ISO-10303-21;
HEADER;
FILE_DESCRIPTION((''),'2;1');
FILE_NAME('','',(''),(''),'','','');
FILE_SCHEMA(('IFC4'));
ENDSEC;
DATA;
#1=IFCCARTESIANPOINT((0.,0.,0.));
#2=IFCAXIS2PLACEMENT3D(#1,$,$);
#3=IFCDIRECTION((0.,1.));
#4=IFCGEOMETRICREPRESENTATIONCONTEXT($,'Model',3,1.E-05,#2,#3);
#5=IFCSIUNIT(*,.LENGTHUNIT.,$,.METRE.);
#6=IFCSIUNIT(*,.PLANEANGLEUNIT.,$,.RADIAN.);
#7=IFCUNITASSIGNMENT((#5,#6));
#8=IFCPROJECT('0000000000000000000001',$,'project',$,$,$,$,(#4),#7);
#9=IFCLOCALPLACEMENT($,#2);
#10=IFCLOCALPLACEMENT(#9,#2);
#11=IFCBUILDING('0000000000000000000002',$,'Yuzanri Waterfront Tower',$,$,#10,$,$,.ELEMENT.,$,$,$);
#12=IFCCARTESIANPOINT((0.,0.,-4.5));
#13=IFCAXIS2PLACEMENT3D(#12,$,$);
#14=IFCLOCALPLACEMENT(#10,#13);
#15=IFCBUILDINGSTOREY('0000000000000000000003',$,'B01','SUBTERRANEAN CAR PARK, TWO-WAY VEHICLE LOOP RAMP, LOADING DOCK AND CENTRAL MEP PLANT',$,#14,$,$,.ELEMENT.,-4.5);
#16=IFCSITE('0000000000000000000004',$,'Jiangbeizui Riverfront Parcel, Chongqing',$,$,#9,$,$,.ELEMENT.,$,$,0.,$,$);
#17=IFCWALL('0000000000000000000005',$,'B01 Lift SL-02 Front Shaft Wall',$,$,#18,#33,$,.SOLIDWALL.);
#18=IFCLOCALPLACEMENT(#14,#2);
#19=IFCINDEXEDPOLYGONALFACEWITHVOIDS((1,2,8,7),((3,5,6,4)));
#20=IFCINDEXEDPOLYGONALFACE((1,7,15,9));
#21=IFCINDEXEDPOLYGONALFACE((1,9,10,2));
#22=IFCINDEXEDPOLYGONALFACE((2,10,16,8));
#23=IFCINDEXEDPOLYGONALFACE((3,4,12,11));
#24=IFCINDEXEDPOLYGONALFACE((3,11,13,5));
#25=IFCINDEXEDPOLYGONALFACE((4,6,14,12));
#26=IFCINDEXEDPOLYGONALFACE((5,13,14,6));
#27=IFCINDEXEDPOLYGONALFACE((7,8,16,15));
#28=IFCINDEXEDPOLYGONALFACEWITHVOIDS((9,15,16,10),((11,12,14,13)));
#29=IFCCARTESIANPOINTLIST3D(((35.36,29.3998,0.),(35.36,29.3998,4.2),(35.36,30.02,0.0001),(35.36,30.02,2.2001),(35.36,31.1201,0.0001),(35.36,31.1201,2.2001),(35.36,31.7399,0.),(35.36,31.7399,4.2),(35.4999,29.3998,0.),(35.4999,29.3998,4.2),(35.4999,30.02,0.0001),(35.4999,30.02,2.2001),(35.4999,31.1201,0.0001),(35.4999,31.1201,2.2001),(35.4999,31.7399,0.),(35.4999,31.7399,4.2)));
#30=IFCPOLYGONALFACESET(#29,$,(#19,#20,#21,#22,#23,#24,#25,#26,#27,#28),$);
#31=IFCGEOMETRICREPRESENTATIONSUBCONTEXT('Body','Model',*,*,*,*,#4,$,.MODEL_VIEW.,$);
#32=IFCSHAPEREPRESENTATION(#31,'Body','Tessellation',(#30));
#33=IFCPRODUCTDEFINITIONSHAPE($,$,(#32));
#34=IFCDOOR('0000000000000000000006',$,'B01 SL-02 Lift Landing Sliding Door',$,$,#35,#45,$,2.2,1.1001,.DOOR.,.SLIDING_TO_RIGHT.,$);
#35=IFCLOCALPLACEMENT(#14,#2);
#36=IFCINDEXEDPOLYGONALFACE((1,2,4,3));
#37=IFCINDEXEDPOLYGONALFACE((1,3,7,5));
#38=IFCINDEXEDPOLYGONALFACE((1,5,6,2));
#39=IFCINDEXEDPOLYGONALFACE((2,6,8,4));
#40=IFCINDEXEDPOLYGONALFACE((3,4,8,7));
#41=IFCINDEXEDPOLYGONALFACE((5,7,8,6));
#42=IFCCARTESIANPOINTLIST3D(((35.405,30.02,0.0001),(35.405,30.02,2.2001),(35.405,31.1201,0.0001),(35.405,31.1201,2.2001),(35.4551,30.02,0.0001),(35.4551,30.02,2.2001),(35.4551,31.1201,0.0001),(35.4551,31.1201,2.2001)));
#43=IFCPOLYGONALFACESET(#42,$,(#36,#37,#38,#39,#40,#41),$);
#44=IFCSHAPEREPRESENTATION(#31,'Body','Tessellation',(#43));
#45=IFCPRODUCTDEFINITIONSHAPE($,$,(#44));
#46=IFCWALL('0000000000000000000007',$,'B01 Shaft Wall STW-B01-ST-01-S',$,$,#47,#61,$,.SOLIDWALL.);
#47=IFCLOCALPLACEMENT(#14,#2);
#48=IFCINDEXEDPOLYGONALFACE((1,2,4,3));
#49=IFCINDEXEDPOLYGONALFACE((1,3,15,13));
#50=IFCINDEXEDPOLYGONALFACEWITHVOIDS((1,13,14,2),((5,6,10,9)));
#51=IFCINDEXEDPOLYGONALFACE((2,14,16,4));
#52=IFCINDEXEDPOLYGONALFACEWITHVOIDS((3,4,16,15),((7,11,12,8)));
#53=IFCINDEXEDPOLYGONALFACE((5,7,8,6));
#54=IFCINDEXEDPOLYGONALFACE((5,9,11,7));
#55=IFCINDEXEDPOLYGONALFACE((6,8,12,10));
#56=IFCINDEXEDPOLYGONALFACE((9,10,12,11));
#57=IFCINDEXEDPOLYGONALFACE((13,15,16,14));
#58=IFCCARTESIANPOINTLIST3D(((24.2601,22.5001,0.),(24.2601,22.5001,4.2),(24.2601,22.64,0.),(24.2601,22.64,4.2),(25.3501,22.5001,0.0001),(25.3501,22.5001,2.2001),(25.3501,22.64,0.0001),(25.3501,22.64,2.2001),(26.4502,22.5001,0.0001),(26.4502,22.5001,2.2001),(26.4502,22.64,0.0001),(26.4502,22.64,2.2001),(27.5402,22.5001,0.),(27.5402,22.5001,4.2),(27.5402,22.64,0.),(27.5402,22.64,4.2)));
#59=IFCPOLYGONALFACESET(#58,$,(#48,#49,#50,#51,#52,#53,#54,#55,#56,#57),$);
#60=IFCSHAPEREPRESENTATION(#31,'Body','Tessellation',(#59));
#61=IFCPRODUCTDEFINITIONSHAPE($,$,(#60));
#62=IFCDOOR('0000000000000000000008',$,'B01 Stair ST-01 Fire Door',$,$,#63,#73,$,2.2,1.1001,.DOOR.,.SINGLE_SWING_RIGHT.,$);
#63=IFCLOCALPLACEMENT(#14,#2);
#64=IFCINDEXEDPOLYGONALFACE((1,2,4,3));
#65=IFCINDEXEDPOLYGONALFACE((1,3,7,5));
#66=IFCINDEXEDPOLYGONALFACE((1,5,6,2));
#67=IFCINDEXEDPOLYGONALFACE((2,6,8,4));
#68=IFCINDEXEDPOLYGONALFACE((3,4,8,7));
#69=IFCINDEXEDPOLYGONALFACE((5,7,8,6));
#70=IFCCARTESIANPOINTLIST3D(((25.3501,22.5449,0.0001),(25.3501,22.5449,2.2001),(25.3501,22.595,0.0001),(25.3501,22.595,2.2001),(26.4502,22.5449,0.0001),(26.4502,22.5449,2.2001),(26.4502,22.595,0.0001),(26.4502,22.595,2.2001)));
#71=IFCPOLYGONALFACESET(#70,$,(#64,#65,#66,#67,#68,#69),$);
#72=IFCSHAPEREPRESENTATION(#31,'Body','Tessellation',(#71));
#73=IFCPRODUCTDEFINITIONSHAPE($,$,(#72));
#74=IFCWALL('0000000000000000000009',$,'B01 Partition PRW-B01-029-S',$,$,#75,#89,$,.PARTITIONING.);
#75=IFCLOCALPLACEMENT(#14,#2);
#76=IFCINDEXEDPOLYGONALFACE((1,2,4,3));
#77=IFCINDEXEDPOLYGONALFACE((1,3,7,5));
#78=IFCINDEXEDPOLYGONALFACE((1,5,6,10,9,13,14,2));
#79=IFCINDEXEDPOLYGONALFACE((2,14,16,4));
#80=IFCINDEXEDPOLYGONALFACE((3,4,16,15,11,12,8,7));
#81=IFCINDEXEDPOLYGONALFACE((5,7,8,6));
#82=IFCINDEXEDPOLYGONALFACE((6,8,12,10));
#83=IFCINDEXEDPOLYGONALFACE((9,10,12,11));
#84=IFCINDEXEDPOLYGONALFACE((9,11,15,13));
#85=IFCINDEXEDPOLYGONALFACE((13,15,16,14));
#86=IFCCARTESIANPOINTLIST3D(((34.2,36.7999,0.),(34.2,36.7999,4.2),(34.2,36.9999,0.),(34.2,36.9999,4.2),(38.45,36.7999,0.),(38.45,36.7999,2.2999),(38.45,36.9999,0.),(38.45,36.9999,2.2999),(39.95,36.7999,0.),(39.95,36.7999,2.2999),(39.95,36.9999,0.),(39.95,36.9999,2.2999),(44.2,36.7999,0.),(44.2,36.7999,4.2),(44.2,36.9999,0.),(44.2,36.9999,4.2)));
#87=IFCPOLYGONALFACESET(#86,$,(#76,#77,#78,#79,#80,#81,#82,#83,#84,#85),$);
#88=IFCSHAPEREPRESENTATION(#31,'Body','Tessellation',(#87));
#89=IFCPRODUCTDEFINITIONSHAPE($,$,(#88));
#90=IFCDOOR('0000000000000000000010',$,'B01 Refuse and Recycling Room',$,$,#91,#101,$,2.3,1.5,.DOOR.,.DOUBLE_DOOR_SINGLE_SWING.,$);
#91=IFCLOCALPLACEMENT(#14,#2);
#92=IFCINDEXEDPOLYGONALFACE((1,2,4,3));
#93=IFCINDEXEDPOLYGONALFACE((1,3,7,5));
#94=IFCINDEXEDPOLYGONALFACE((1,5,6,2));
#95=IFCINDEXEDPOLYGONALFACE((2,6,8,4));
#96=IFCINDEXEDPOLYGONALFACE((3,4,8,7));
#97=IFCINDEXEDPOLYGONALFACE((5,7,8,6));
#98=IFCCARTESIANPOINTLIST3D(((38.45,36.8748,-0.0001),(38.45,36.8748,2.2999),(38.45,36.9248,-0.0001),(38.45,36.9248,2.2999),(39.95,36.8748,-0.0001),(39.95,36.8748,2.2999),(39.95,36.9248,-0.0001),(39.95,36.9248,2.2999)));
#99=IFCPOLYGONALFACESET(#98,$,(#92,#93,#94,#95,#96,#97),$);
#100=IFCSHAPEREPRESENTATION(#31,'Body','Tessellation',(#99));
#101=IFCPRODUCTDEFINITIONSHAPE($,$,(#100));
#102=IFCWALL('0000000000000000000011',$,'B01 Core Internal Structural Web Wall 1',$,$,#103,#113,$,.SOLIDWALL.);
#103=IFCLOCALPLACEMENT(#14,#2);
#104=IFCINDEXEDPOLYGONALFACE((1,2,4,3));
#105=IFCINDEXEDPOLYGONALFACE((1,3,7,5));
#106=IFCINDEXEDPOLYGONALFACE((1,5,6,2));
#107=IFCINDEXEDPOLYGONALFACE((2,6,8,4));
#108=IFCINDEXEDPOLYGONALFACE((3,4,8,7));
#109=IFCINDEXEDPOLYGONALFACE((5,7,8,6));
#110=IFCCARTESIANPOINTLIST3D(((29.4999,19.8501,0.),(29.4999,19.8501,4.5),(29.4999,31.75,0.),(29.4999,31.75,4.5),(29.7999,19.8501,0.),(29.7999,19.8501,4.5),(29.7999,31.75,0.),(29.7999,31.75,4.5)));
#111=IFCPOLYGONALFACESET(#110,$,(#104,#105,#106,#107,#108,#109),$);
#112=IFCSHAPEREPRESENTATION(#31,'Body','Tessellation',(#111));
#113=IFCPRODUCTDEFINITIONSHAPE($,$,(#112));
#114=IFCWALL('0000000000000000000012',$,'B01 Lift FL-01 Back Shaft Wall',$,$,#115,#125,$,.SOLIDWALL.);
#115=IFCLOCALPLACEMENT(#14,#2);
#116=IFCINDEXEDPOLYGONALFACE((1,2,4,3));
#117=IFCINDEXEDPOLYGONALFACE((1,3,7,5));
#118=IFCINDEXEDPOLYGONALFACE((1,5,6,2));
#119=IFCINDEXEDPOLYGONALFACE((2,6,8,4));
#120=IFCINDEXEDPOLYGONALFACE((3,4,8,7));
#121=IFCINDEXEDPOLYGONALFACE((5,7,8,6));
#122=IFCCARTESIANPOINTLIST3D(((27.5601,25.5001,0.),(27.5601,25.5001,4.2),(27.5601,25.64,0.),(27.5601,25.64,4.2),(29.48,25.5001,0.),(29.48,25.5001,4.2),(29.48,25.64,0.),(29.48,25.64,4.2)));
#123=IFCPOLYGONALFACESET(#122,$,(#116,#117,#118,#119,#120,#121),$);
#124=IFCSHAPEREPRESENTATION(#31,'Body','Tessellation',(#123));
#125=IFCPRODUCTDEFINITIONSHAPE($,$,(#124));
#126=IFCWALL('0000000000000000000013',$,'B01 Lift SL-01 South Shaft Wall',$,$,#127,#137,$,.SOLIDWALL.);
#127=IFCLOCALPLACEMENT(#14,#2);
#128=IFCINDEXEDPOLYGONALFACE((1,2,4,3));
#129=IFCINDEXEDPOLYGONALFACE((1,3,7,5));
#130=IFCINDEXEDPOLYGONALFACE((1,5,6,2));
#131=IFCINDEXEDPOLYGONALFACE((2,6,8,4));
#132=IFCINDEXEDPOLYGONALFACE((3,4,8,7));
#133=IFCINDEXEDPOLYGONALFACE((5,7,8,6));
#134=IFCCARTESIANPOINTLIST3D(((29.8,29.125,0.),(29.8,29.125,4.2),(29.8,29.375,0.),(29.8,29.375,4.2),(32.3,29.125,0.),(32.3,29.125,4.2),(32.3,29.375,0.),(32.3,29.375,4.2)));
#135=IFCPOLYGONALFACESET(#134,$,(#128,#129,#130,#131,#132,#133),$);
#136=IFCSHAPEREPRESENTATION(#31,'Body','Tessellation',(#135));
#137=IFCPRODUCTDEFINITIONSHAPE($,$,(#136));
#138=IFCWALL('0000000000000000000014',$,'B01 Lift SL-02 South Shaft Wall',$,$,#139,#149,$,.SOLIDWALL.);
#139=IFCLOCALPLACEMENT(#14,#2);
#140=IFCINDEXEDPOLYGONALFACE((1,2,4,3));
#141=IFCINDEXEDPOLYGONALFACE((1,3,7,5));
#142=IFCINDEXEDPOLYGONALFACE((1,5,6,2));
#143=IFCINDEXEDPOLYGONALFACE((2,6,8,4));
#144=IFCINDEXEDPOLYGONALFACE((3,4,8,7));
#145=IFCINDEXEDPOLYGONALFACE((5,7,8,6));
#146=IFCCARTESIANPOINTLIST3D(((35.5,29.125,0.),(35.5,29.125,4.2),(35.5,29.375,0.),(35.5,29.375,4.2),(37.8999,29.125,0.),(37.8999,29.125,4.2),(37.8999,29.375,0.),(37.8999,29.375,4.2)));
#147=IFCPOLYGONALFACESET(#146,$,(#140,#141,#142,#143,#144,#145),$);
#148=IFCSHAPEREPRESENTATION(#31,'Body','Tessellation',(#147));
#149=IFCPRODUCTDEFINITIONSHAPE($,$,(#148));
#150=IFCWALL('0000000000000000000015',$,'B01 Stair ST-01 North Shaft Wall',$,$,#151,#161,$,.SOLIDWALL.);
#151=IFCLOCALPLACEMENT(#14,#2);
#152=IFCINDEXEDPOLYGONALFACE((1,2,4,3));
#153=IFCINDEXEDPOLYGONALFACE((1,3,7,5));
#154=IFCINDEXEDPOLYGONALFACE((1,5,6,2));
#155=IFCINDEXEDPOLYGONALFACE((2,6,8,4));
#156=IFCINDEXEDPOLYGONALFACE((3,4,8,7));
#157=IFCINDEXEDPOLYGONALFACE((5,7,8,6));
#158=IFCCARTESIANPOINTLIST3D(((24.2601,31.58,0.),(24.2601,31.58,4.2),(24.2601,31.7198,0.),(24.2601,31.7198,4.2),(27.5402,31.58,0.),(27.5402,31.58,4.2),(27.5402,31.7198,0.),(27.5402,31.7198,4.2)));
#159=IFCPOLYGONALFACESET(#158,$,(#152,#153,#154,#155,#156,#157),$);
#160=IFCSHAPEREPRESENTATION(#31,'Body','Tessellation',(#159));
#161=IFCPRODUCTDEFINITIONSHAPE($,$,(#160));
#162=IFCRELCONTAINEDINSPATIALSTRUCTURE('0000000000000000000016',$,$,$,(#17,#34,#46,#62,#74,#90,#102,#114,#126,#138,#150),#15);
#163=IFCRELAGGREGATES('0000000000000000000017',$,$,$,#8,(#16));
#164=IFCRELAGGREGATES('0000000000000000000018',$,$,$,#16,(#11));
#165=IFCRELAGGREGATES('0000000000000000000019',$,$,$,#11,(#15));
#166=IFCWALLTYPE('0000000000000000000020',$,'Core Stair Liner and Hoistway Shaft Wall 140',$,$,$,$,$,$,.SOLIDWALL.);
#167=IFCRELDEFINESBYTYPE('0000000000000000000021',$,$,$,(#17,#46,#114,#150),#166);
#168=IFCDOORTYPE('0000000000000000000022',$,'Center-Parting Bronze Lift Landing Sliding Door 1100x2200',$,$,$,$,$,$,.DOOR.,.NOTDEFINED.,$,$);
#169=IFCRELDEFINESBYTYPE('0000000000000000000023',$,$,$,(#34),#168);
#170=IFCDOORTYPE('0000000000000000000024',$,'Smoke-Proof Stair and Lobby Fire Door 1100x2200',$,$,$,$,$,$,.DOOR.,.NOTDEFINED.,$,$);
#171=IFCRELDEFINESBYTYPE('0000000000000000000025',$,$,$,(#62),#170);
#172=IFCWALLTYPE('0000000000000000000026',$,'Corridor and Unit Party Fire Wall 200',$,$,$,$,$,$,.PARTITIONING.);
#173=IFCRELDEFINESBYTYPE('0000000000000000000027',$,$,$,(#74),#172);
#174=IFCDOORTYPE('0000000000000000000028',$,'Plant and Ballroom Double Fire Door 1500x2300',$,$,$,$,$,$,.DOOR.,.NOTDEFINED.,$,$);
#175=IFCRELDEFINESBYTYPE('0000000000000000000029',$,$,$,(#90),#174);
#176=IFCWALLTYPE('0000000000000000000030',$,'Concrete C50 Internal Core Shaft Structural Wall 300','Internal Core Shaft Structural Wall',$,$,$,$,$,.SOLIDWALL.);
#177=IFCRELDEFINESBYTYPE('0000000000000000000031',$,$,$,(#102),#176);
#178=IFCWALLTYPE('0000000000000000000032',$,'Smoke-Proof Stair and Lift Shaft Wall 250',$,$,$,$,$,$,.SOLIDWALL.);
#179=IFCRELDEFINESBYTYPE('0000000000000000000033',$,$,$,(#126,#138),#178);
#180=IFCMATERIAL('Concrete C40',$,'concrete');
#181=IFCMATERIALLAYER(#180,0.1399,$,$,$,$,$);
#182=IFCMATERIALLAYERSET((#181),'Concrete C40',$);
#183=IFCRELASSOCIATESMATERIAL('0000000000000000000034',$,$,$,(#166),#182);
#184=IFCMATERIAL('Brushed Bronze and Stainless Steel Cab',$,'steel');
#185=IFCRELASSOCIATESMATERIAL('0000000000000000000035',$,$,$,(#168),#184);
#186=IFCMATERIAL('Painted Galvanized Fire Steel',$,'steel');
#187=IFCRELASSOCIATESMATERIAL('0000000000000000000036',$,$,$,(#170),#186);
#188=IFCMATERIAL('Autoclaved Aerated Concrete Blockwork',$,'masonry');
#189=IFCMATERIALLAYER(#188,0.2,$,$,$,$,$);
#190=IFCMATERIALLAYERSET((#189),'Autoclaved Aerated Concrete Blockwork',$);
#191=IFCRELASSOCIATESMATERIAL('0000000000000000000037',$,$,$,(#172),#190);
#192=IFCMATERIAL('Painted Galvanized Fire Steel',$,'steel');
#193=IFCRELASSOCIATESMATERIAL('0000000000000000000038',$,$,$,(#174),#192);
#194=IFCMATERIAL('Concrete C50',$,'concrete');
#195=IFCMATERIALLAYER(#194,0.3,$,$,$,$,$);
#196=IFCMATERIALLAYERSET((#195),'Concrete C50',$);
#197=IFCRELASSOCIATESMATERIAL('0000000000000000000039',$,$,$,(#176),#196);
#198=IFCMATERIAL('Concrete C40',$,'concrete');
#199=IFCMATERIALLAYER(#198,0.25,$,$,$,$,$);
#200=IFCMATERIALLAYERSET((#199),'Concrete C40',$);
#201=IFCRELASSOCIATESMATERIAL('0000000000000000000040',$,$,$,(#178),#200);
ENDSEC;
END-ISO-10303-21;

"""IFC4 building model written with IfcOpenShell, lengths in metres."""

from ifc_helpers import new_model, si_unit, direction, frame, frame_2d, origin, place, context, subcontext, project, spatial, rectangle, extrude, source, transform, mapped, material, layer, layer_set, type_object, element, fill, save


model = new_model("IFC4")

# Units and contexts
model_context = context("Model", 3, precision=1e-05, world=origin(), true_north=direction((0.0, 1.0)))
body_context = subcontext(model_context, "Body", "Model", "MODEL_VIEW")
ifc_project = project(units=[si_unit("LENGTHUNIT", "METRE"), si_unit("PLANEANGLEUNIT", "RADIAN")], contexts=[model_context])

# Site, building, storey
site_placement = place(None, origin())
site = spatial("IfcSite", under=ifc_project, at=site_placement, Name="Jiangbeizui Riverfront Parcel, Chongqing", CompositionType="ELEMENT", RefElevation=0.0)
building_placement = place(site_placement, origin())
building = spatial("IfcBuilding", under=site, at=building_placement, Name="Yuzanri Waterfront Tower", CompositionType="ELEMENT")
storey_placement = place(building_placement, frame((0.0, 0.0, -4.5)))
storey = spatial("IfcBuildingStorey", under=building, at=storey_placement, Name="B01", Description="SUBTERRANEAN CAR PARK, TWO-WAY VEHICLE LOOP RAMP, LOADING DOCK AND CENTRAL MEP PLANT", CompositionType="ELEMENT", Elevation=-4.5)

# Walls, openings, doors
ifc_material_1 = material(Name="Concrete C40", Category="concrete")
ifc_layer_1 = layer(ifc_material_1, 0.1399)
ifc_layer_set_1 = layer_set([ifc_layer_1], Name="Concrete C40")
wall_type_1 = type_object("IfcWallType", Name="Core Stair Liner and Hoistway Shaft Wall 140", PredefinedType="SOLIDWALL", material=ifc_layer_set_1)
ifc_material_2 = material(Name="Brushed Bronze and Stainless Steel Cab", Category="steel")
door_type_1 = type_object("IfcDoorType", Name="Center-Parting Bronze Lift Landing Sliding Door 1100x2200", OperationType="NOTDEFINED", PredefinedType="DOOR", material=ifc_material_2)
shared_shape_1 = source(origin(), body_context, "Body", "SweptSolid", [
    extrude(rectangle(XDim=1.1001, YDim=2.2, at=frame_2d((0.55, 1.1001))), frame((0.0, 0.0249, 0.0), z_axis=(0.0, -1.0, 0.0), x_axis=(1.0, 0.0, 0.0)), (0.0, 0.0, 1.0), 0.05),
])
wall_1_placement = place(storey_placement, frame((35.4299, 29.3999, 0.0), z_axis=(0.0, 0.0, 1.0), x_axis=(0.0, 1.0, 0.0)))
wall_1 = element("IfcWall", 1, at=wall_1_placement, inside=storey, type_object=wall_type_1, Name="B01 Lift SL-02 Front Shaft Wall", PredefinedType="SOLIDWALL", context=body_context, shape_type="SweptSolid", body=[
    extrude(rectangle(XDim=2.3401, YDim=0.1399, at=frame_2d((1.1699, 0.0))), origin(), (0.0, 0.0, 1.0), 4.2),
])
opening_1_placement = place(wall_1_placement, frame((0.6201, 0.0, 0.0)))
opening_1 = element("IfcOpeningElement", 2, at=opening_1_placement, cuts=wall_1, PredefinedType="OPENING", context=body_context, shape_type="SweptSolid", body=[
    extrude(rectangle(XDim=1.1001, YDim=2.2, at=frame_2d((0.55, 1.1001))), frame((0.0, 0.085, 0.0), z_axis=(0.0, -1.0, 0.0), x_axis=(1.0, 0.0, 0.0)), (0.0, 0.0, 1.0), 0.1697),
])
door_1_placement = place(opening_1_placement, origin())
door_1 = element("IfcDoor", 3, at=door_1_placement, inside=storey, type_object=door_type_1, Name="B01 SL-02 Lift Landing Sliding Door", OperationType="SLIDING_TO_RIGHT", OverallHeight=2.2, OverallWidth=1.1001, PredefinedType="DOOR", context=body_context, shape_type="MappedRepresentation", body=[
    mapped(shared_shape_1, transform((0.0, 0.0, 0.0), scale=1.0)),
])
fill(opening_1, door_1)
wall_2_placement = place(storey_placement, frame((24.26, 22.5701, 0.0), z_axis=(0.0, 0.0, 1.0), x_axis=(1.0, 0.0, 0.0)))
wall_2 = element("IfcWall", 4, at=wall_2_placement, inside=storey, type_object=wall_type_1, Name="B01 Shaft Wall STW-B01-ST-01-S", PredefinedType="SOLIDWALL", context=body_context, shape_type="SweptSolid", body=[
    extrude(rectangle(XDim=3.28, YDim=0.1399, at=frame_2d((1.6401, 0.0))), origin(), (0.0, 0.0, 1.0), 4.2),
])
opening_2_placement = place(wall_2_placement, frame((1.0901, 0.0, 0.0)))
opening_2 = element("IfcOpeningElement", 5, at=opening_2_placement, cuts=wall_2, PredefinedType="OPENING", context=body_context, shape_type="SweptSolid", body=[
    extrude(rectangle(XDim=1.1001, YDim=2.2, at=frame_2d((0.55, 1.1001))), frame((0.0, 0.085, 0.0), z_axis=(0.0, -1.0, 0.0), x_axis=(1.0, 0.0, 0.0)), (0.0, 0.0, 1.0), 0.1697),
])
ifc_material_3 = material(Name="Painted Galvanized Fire Steel", Category="steel")
door_type_2 = type_object("IfcDoorType", Name="Smoke-Proof Stair and Lobby Fire Door 1100x2200", OperationType="NOTDEFINED", PredefinedType="DOOR", material=ifc_material_3)
shared_shape_2 = source(origin(), body_context, "Body", "SweptSolid", [
    extrude(rectangle(XDim=1.1001, YDim=2.2, at=frame_2d((0.55, 1.1001))), frame((0.0, 0.0249, 0.0), z_axis=(0.0, -1.0, 0.0), x_axis=(1.0, 0.0, 0.0)), (0.0, 0.0, 1.0), 0.05),
])
door_2_placement = place(opening_2_placement, origin())
door_2 = element("IfcDoor", 6, at=door_2_placement, inside=storey, type_object=door_type_2, Name="B01 Stair ST-01 Fire Door", OperationType="SINGLE_SWING_RIGHT", OverallHeight=2.2, OverallWidth=1.1001, PredefinedType="DOOR", context=body_context, shape_type="MappedRepresentation", body=[
    mapped(shared_shape_2, transform((0.0, 0.0, 0.0), scale=1.0)),
])
fill(opening_2, door_2)
ifc_material_4 = material(Name="Autoclaved Aerated Concrete Blockwork", Category="masonry")
ifc_layer_2 = layer(ifc_material_4, 0.2)
ifc_layer_set_2 = layer_set([ifc_layer_2], Name="Autoclaved Aerated Concrete Blockwork")
wall_type_2 = type_object("IfcWallType", Name="Corridor and Unit Party Fire Wall 200", PredefinedType="PARTITIONING", material=ifc_layer_set_2)
wall_3_placement = place(storey_placement, frame((34.2, 36.8999, 0.0), z_axis=(0.0, 0.0, 1.0), x_axis=(1.0, 0.0, 0.0)))
wall_3 = element("IfcWall", 7, at=wall_3_placement, inside=storey, type_object=wall_type_2, Name="B01 Partition PRW-B01-029-S", PredefinedType="PARTITIONING", context=body_context, shape_type="SweptSolid", body=[
    extrude(rectangle(XDim=10.0, YDim=0.2, at=frame_2d((5.0, 0.0))), origin(), (0.0, 0.0, 1.0), 4.2),
])
opening_3_placement = place(wall_3_placement, frame((4.25, 0.0, 0.0)))
opening_3 = element("IfcOpeningElement", 8, at=opening_3_placement, cuts=wall_3, PredefinedType="OPENING", context=body_context, shape_type="SweptSolid", body=[
    extrude(rectangle(XDim=1.5, YDim=2.3, at=frame_2d((0.75, 1.1499))), frame((0.0, 0.1147, 0.0), z_axis=(0.0, -1.0, 0.0), x_axis=(1.0, 0.0, 0.0)), (0.0, 0.0, 1.0), 0.2297),
])
ifc_material_5 = material(Name="Painted Galvanized Fire Steel", Category="steel")
door_type_3 = type_object("IfcDoorType", Name="Plant and Ballroom Double Fire Door 1500x2300", OperationType="NOTDEFINED", PredefinedType="DOOR", material=ifc_material_5)
shared_shape_3 = source(origin(), body_context, "Body", "SweptSolid", [
    extrude(rectangle(XDim=1.5, YDim=2.3, at=frame_2d((0.75, 1.1499))), frame((0.0, 0.0249, 0.0), z_axis=(0.0, -1.0, 0.0), x_axis=(1.0, 0.0, 0.0)), (0.0, 0.0, 1.0), 0.05),
])
door_3_placement = place(opening_3_placement, origin())
door_3 = element("IfcDoor", 9, at=door_3_placement, inside=storey, type_object=door_type_3, Name="B01 Refuse and Recycling Room", OperationType="DOUBLE_DOOR_SINGLE_SWING", OverallHeight=2.3, OverallWidth=1.5, PredefinedType="DOOR", context=body_context, shape_type="MappedRepresentation", body=[
    mapped(shared_shape_3, transform((0.0, 0.0, 0.0), scale=1.0)),
])
fill(opening_3, door_3)

# Walls
ifc_material_6 = material(Name="Concrete C50", Category="concrete")
ifc_layer_3 = layer(ifc_material_6, 0.3)
ifc_layer_set_3 = layer_set([ifc_layer_3], Name="Concrete C50")
wall_type_3 = type_object("IfcWallType", Name="Concrete C50 Internal Core Shaft Structural Wall 300", Description="Internal Core Shaft Structural Wall", PredefinedType="SOLIDWALL", material=ifc_layer_set_3)
shared_shape_4 = source(origin(), body_context, "Body", "SweptSolid", [
    extrude(rectangle(XDim=11.8999, YDim=0.3, at=frame_2d((5.95, 0.0))), origin(), (0.0, 0.0, 1.0), 4.5),
])
wall_4_placement = place(storey_placement, frame((29.6499, 19.8501, 0.0), z_axis=(0.0, 0.0, 1.0), x_axis=(0.0, 1.0, 0.0)))
element("IfcWall", 10, at=wall_4_placement, inside=storey, type_object=wall_type_3, Name="B01 Core Internal Structural Web Wall 1", PredefinedType="SOLIDWALL", context=body_context, shape_type="MappedRepresentation", body=[
    mapped(shared_shape_4, transform((0.0, 0.0, 0.0), scale=1.0)),
])
shared_shape_5 = source(origin(), body_context, "Body", "SweptSolid", [
    extrude(rectangle(XDim=1.9199, YDim=0.1399, at=frame_2d((0.96, 0.0))), origin(), (0.0, 0.0, 1.0), 4.2),
])
wall_5_placement = place(storey_placement, frame((27.5601, 25.5701, 0.0), z_axis=(0.0, 0.0, 1.0), x_axis=(1.0, 0.0, 0.0)))
element("IfcWall", 11, at=wall_5_placement, inside=storey, type_object=wall_type_1, Name="B01 Lift FL-01 Back Shaft Wall", PredefinedType="SOLIDWALL", context=body_context, shape_type="MappedRepresentation", body=[
    mapped(shared_shape_5, transform((0.0, 0.0, 0.0), scale=1.0)),
])
ifc_material_7 = material(Name="Concrete C40", Category="concrete")
ifc_layer_4 = layer(ifc_material_7, 0.25)
ifc_layer_set_4 = layer_set([ifc_layer_4], Name="Concrete C40")
wall_type_4 = type_object("IfcWallType", Name="Smoke-Proof Stair and Lift Shaft Wall 250", PredefinedType="SOLIDWALL", material=ifc_layer_set_4)
shared_shape_6 = source(origin(), body_context, "Body", "SweptSolid", [
    extrude(rectangle(XDim=2.5, YDim=0.25, at=frame_2d((1.25, 0.0))), origin(), (0.0, 0.0, 1.0), 4.2),
])
wall_6_placement = place(storey_placement, frame((29.8, 29.25, 0.0), z_axis=(0.0, 0.0, 1.0), x_axis=(1.0, 0.0, 0.0)))
element("IfcWall", 12, at=wall_6_placement, inside=storey, type_object=wall_type_4, Name="B01 Lift SL-01 South Shaft Wall", PredefinedType="SOLIDWALL", context=body_context, shape_type="MappedRepresentation", body=[
    mapped(shared_shape_6, transform((0.0, 0.0, 0.0), scale=1.0)),
])
shared_shape_7 = source(origin(), body_context, "Body", "SweptSolid", [
    extrude(rectangle(XDim=2.3999, YDim=0.25, at=frame_2d((1.2, 0.0))), origin(), (0.0, 0.0, 1.0), 4.2),
])
wall_7_placement = place(storey_placement, frame((35.5, 29.25, 0.0), z_axis=(0.0, 0.0, 1.0), x_axis=(1.0, 0.0, 0.0)))
element("IfcWall", 13, at=wall_7_placement, inside=storey, type_object=wall_type_4, Name="B01 Lift SL-02 South Shaft Wall", PredefinedType="SOLIDWALL", context=body_context, shape_type="MappedRepresentation", body=[
    mapped(shared_shape_7, transform((0.0, 0.0, 0.0), scale=1.0)),
])
shared_shape_8 = source(origin(), body_context, "Body", "SweptSolid", [
    extrude(rectangle(XDim=3.28, YDim=0.1399, at=frame_2d((1.6401, 0.0))), origin(), (0.0, 0.0, 1.0), 4.2),
])
wall_8_placement = place(storey_placement, frame((24.26, 31.6499, 0.0), z_axis=(0.0, 0.0, 1.0), x_axis=(1.0, 0.0, 0.0)))
element("IfcWall", 14, at=wall_8_placement, inside=storey, type_object=wall_type_1, Name="B01 Stair ST-01 North Shaft Wall", PredefinedType="SOLIDWALL", context=body_context, shape_type="MappedRepresentation", body=[
    mapped(shared_shape_8, transform((0.0, 0.0, 0.0), scale=1.0)),
])

save(model, "model.ifc")
